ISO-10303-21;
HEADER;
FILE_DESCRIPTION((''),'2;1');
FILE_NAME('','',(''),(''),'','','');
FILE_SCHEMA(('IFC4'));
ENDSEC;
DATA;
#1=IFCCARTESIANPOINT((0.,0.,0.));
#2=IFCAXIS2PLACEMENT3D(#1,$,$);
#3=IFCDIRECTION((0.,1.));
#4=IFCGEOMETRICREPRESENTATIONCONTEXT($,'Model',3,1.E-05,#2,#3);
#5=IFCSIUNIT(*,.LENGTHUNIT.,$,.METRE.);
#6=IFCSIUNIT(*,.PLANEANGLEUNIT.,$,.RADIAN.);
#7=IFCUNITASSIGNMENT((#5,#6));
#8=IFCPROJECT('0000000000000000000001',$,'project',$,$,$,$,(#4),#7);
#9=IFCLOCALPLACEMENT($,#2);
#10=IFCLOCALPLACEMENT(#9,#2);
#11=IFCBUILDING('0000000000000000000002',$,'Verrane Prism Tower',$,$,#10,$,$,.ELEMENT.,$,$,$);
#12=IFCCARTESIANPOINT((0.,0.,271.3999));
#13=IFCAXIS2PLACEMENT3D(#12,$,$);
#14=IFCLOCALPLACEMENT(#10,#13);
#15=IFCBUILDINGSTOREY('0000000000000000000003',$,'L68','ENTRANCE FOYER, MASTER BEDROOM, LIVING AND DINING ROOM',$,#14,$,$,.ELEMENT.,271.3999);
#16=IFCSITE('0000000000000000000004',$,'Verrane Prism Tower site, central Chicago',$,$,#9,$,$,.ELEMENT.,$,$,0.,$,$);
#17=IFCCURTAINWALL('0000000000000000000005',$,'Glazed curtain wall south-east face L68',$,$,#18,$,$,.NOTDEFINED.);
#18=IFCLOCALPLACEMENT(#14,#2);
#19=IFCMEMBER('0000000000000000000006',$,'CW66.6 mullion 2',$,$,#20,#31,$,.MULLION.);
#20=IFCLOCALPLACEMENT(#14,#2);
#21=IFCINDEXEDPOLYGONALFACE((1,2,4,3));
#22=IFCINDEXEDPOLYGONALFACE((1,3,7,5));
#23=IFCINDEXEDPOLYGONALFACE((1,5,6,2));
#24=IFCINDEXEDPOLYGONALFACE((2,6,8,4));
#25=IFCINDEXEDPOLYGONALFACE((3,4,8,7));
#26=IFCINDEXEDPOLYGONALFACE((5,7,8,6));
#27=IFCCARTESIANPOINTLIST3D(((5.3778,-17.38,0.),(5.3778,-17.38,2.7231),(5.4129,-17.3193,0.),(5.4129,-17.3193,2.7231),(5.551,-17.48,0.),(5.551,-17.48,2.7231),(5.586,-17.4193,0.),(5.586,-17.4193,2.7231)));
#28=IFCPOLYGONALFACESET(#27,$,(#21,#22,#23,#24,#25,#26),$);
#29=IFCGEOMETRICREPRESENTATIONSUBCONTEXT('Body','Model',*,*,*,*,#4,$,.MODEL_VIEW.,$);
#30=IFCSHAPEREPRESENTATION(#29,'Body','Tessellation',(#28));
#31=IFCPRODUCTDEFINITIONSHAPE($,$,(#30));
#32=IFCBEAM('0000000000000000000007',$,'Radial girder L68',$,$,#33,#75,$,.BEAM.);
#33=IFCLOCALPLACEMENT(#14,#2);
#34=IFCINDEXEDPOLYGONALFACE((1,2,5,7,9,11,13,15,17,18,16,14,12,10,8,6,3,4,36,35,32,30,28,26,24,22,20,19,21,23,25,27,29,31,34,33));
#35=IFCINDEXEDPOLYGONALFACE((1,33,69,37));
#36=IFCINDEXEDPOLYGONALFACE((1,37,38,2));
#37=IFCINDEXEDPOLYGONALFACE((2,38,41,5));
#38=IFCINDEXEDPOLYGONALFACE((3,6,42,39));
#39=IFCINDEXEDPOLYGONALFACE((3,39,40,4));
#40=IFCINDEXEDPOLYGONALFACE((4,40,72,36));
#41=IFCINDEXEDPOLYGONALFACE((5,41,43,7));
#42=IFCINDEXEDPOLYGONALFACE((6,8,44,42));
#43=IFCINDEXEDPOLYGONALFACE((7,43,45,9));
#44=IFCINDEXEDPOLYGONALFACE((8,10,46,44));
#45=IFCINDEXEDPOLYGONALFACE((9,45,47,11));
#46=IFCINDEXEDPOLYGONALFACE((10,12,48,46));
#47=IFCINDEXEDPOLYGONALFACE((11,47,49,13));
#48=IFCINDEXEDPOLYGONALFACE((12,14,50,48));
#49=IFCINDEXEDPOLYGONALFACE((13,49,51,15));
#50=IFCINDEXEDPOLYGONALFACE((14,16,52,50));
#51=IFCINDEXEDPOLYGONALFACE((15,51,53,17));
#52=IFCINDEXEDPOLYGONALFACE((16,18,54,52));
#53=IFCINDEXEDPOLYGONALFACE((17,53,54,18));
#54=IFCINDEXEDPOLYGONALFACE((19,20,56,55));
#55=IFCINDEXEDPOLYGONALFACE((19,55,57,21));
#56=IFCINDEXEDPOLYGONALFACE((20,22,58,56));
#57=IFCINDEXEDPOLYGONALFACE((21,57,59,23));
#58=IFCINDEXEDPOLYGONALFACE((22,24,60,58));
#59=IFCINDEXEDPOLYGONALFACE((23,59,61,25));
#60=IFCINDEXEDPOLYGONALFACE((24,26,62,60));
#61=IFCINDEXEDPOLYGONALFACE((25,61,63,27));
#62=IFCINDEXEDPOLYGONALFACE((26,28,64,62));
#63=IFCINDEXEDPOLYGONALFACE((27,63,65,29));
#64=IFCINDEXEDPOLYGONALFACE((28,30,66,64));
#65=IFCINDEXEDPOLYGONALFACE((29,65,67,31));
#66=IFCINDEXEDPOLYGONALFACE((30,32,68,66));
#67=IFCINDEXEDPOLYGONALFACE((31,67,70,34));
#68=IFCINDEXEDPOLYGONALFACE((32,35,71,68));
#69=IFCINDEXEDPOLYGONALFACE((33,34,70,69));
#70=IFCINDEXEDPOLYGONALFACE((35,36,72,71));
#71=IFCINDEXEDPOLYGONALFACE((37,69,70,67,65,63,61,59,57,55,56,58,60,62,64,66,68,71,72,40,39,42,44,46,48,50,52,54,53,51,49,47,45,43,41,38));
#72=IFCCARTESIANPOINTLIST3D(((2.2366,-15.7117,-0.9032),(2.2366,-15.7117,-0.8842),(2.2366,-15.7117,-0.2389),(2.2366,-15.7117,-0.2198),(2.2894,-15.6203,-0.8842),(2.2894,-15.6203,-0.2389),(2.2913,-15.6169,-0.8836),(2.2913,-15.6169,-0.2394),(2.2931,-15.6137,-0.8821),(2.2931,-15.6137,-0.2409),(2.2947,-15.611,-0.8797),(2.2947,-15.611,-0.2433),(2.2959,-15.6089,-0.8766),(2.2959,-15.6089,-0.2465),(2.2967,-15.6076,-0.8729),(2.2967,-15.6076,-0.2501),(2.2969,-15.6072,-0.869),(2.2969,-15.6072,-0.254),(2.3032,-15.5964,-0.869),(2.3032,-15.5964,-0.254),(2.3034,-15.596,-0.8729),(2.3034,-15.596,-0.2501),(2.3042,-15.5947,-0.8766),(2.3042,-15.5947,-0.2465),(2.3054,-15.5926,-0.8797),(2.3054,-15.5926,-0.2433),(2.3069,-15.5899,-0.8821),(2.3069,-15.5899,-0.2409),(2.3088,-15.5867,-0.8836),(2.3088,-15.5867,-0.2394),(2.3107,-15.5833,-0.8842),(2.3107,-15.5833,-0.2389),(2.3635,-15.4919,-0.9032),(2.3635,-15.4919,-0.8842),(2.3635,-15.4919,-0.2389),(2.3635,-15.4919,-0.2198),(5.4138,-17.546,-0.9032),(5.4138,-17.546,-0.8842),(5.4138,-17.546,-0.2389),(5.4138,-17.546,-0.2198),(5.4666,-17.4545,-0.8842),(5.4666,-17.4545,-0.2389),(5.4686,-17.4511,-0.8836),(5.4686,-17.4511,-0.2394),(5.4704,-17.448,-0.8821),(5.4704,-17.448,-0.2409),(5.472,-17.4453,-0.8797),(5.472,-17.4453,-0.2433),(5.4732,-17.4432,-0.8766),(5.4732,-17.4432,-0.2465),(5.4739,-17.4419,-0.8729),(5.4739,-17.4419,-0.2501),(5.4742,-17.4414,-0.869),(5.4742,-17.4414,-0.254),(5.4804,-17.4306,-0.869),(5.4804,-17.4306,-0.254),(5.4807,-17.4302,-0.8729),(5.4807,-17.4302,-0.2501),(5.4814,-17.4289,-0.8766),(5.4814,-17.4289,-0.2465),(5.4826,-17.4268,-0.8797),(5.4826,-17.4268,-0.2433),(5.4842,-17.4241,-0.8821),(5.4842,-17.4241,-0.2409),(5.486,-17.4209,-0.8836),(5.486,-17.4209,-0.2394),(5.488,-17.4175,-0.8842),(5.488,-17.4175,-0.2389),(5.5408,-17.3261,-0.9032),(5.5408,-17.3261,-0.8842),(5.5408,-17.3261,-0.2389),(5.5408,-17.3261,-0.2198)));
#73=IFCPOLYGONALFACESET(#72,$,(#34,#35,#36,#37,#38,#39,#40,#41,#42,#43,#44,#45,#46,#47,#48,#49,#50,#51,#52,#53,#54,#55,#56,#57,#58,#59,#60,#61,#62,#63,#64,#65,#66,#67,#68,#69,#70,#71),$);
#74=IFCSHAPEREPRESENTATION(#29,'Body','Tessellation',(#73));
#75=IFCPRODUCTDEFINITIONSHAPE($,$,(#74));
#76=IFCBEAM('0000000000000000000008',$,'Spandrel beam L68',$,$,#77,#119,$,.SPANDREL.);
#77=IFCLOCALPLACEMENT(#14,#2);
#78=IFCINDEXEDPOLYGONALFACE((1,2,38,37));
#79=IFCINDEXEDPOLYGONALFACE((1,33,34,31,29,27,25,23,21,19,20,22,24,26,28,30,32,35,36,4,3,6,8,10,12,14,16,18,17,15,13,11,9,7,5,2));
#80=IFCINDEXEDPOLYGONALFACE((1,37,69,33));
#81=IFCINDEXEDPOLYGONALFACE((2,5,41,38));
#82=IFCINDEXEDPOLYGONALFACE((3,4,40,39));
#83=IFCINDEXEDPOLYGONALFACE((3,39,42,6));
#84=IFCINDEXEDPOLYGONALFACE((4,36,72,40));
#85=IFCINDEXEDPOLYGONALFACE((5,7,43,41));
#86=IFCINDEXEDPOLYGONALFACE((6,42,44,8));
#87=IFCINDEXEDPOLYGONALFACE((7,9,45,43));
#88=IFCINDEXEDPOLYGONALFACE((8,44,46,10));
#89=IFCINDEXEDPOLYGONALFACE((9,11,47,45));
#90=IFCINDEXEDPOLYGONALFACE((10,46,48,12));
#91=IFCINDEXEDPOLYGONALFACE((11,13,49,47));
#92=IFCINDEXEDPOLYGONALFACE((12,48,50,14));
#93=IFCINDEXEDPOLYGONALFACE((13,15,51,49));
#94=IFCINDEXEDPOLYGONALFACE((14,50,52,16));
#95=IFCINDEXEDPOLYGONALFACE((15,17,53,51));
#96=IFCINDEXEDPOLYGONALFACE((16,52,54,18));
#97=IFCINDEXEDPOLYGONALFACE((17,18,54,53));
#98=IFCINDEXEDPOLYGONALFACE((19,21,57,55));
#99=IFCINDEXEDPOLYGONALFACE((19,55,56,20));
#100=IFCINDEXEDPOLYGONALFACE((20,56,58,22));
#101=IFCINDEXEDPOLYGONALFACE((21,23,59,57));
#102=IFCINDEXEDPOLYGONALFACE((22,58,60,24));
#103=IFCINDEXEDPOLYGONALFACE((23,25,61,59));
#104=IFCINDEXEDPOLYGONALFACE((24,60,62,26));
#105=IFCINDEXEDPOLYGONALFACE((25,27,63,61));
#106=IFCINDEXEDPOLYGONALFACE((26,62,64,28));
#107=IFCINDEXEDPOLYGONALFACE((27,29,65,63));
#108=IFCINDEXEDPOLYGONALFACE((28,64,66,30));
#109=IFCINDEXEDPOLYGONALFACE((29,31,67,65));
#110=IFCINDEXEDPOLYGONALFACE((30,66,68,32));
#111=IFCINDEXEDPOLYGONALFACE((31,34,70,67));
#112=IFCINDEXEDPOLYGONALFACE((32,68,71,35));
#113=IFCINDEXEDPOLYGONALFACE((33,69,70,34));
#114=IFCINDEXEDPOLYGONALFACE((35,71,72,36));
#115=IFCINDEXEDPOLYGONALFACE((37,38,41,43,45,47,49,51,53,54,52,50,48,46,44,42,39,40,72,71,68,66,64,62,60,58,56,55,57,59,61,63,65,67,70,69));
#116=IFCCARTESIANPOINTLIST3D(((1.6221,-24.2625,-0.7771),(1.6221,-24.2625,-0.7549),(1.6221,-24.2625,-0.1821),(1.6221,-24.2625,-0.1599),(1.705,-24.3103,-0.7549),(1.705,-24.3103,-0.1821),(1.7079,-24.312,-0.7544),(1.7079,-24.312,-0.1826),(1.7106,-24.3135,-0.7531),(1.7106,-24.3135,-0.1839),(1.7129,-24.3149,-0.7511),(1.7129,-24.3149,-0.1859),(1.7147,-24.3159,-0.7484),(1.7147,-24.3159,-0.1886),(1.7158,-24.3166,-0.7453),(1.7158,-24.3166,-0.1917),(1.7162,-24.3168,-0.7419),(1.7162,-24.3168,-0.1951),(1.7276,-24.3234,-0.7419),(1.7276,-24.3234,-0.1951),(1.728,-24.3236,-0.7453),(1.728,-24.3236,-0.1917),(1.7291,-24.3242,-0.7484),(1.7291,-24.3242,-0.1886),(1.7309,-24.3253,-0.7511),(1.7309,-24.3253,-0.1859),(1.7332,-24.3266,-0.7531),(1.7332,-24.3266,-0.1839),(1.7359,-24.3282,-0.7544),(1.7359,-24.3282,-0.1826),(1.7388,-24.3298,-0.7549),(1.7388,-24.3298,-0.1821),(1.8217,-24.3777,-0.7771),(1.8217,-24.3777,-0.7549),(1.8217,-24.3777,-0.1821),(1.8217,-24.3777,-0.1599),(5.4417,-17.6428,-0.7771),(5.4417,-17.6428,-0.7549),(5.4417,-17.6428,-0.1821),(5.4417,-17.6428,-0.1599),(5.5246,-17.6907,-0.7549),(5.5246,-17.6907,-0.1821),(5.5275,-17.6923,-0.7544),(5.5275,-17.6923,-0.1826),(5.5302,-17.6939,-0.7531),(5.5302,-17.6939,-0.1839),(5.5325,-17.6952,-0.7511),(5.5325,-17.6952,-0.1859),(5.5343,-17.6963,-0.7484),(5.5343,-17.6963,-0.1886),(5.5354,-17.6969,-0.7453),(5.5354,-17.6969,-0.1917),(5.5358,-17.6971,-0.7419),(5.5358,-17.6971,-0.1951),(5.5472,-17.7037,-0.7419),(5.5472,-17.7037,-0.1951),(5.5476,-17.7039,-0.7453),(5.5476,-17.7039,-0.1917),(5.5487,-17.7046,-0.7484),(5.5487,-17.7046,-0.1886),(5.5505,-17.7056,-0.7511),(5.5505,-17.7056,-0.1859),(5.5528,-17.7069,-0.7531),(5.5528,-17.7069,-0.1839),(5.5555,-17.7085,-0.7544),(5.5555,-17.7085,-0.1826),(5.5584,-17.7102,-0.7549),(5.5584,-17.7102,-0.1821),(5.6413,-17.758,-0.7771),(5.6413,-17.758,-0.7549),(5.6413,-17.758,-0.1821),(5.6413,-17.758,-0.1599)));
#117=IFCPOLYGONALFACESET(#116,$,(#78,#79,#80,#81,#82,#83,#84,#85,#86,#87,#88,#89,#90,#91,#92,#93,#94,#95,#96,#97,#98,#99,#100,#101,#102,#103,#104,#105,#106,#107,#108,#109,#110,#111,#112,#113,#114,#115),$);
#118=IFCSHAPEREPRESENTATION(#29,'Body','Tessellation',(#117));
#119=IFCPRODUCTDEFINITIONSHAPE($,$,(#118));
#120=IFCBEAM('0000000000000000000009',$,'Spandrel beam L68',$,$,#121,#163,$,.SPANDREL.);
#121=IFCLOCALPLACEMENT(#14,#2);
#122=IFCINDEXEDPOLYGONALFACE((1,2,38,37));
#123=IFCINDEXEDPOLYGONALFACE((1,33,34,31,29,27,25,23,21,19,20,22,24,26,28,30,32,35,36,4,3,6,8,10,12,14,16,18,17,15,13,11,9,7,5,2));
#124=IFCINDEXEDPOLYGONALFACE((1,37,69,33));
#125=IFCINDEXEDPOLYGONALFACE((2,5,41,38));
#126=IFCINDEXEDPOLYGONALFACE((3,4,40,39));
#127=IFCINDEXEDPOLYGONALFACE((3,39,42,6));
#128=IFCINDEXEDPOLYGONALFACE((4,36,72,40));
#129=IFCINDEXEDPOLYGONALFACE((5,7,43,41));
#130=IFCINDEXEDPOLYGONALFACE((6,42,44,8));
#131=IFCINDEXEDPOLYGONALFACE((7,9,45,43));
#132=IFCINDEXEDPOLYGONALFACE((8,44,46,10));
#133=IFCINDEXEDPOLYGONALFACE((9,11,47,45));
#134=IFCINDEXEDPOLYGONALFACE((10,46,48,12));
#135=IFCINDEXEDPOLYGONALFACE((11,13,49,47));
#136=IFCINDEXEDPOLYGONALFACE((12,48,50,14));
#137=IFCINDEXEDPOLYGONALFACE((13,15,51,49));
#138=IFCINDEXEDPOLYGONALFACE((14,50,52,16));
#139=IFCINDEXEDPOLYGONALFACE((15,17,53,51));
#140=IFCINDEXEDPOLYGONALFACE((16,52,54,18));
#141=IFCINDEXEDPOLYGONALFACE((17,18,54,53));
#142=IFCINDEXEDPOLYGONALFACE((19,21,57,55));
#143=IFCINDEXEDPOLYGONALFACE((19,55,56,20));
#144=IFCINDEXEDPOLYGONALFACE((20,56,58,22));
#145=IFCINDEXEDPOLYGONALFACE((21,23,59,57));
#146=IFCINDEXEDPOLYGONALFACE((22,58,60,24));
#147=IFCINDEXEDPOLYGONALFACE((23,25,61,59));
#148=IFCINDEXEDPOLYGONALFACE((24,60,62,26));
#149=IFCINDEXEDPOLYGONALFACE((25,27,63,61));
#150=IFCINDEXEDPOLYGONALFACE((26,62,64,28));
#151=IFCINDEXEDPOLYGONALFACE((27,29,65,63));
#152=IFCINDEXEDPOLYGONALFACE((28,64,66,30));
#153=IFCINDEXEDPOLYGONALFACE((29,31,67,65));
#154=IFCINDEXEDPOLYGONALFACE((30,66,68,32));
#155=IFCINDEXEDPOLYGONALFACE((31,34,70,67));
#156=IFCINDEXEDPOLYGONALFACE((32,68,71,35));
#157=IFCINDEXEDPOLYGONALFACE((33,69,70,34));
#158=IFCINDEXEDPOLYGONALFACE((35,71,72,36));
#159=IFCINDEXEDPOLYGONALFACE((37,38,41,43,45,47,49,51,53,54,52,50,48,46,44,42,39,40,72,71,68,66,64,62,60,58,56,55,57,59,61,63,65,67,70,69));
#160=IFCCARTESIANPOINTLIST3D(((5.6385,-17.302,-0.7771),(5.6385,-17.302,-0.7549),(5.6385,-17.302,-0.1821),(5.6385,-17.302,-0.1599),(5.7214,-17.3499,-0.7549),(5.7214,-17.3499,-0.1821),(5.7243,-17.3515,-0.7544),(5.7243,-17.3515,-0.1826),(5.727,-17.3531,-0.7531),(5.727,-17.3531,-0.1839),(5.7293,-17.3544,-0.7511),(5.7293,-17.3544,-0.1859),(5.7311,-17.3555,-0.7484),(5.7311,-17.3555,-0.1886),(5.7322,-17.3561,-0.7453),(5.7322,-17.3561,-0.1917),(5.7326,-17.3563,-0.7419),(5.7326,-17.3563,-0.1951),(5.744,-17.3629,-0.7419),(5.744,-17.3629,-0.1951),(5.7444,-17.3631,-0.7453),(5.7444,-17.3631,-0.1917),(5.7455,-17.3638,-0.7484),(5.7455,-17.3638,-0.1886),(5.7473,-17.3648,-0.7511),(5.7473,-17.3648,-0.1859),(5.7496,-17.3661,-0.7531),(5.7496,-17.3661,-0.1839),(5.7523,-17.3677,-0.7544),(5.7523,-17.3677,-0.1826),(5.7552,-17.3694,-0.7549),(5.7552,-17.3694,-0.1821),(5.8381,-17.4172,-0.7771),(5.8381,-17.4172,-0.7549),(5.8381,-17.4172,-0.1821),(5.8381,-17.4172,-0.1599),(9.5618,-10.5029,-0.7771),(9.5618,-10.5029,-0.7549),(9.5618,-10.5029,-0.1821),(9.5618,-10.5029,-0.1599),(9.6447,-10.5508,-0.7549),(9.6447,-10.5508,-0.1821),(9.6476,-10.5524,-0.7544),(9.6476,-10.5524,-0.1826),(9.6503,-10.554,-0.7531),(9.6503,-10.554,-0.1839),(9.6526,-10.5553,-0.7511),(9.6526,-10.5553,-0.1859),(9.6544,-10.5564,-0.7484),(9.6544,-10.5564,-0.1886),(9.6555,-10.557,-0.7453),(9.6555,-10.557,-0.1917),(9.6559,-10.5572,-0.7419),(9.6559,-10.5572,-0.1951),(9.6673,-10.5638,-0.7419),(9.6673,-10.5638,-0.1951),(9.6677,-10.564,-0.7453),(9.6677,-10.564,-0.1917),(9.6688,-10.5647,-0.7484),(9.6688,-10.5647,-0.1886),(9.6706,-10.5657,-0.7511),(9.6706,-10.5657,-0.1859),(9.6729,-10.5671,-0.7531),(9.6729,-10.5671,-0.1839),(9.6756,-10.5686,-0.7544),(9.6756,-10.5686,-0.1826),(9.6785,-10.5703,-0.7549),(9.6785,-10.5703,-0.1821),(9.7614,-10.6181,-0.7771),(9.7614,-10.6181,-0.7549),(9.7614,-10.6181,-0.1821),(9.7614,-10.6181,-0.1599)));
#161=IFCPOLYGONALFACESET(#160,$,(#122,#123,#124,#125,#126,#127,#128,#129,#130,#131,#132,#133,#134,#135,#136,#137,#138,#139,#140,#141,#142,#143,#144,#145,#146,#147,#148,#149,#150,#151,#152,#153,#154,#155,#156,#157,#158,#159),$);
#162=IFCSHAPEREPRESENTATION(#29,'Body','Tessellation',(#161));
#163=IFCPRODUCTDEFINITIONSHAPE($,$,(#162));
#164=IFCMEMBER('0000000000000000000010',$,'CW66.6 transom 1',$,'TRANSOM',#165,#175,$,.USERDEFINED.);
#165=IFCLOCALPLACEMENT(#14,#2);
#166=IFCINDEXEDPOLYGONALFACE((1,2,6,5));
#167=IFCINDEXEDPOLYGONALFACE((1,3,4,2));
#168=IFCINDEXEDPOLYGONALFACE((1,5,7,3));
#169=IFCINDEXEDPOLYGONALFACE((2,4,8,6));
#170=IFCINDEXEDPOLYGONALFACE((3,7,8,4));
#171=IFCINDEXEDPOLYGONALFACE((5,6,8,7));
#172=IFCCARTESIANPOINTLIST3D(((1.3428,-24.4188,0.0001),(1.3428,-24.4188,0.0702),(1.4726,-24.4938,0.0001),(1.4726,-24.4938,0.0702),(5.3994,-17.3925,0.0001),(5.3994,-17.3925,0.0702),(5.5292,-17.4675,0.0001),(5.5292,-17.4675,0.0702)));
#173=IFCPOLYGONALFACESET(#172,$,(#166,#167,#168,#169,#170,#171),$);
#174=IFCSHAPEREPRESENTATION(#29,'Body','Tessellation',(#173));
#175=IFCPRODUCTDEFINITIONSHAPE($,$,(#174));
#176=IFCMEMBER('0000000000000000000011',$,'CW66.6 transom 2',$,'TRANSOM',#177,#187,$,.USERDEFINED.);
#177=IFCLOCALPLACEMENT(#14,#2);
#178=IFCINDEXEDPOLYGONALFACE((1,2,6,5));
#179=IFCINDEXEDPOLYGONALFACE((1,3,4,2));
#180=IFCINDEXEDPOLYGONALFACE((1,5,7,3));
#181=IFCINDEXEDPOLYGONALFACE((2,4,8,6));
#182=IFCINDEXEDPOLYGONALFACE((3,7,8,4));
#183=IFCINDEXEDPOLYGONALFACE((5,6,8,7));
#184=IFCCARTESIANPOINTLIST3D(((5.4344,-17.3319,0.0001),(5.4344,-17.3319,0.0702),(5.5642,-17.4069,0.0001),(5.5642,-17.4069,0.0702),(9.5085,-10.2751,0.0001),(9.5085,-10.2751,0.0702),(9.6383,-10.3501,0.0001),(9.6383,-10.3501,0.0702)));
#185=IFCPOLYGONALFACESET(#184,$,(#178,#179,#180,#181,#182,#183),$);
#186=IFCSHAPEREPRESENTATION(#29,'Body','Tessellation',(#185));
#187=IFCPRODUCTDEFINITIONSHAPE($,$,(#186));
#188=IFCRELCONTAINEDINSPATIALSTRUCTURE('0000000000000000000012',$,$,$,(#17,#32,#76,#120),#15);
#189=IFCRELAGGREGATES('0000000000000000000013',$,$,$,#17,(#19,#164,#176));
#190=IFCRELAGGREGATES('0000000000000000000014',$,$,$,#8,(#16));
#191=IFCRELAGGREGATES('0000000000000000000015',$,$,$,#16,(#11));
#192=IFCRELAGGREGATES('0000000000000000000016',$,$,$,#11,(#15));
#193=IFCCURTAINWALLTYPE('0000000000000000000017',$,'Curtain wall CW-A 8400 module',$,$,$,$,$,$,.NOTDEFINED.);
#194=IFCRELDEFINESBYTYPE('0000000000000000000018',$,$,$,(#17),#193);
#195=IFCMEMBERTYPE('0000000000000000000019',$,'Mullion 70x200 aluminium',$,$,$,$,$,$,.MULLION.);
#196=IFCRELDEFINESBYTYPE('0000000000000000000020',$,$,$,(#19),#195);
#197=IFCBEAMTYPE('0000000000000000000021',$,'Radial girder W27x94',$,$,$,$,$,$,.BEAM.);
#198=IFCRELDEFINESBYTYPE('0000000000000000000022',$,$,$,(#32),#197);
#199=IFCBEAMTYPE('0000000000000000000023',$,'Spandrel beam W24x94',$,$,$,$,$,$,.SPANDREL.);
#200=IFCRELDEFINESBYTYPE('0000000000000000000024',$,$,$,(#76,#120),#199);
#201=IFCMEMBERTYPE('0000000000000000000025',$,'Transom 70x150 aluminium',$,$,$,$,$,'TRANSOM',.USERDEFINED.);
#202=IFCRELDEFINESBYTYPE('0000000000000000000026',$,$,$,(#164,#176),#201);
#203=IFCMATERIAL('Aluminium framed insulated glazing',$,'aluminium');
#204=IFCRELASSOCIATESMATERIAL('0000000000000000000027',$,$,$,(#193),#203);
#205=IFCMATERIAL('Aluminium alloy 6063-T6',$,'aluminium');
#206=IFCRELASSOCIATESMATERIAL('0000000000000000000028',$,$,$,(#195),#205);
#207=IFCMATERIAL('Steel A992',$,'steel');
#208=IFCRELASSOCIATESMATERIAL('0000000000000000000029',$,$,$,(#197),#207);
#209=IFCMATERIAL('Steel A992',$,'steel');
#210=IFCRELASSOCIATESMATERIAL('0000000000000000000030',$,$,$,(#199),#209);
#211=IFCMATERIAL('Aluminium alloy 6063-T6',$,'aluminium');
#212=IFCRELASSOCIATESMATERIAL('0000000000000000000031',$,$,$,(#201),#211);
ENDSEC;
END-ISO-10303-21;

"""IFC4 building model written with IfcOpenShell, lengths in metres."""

from ifc_helpers import new_model, si_unit, direction, frame, origin, origin_2d, place, context, subcontext, project, spatial, rectangle, i_section, extrude, material, material_profile, profile_set, type_object, element, aggregate, save


model = new_model("IFC4")

# Units and contexts
model_context = context("Model", 3, precision=1e-05, world=origin(), true_north=direction((0.0, 1.0)))
body_context = subcontext(model_context, "Body", "Model", "MODEL_VIEW")
ifc_project = project(units=[si_unit("LENGTHUNIT", "METRE"), si_unit("PLANEANGLEUNIT", "RADIAN")], contexts=[model_context])

# Site, building, storey
site_placement = place(None, origin())
site = spatial("IfcSite", under=ifc_project, at=site_placement, Name="Verrane Prism Tower site, central Chicago", CompositionType="ELEMENT", RefElevation=0.0)
building_placement = place(site_placement, origin())
building = spatial("IfcBuilding", under=site, at=building_placement, Name="Verrane Prism Tower", CompositionType="ELEMENT")
storey_placement = place(building_placement, frame((0.0, 0.0, 271.3999)))
storey = spatial("IfcBuildingStorey", under=building, at=storey_placement, Name="L68", Description="ENTRANCE FOYER, MASTER BEDROOM, LIVING AND DINING ROOM", CompositionType="ELEMENT", Elevation=271.3999)

# Curtain wall, member
ifc_material_1 = material(Name="Aluminium framed insulated glazing", Category="aluminium")
curtain_wall_type = type_object("IfcCurtainWallType", Name="Curtain wall CW-A 8400 module", PredefinedType="NOTDEFINED", material=ifc_material_1)
curtain_wall_1_placement = place(storey_placement, origin())
curtain_wall_1 = element("IfcCurtainWall", 1, at=curtain_wall_1_placement, inside=storey, type_object=curtain_wall_type, Name="Glazed curtain wall south-east face L68", PredefinedType="NOTDEFINED")
ifc_material_2 = material(Name="Aluminium alloy 6063-T6", Category="aluminium")
ifc_material_profile_1 = material_profile(ifc_material_2, rectangle(XDim=0.2, YDim=0.0701, at=origin_2d()), Name="Mullion 70x200 aluminium")
ifc_profile_set_1 = profile_set([ifc_material_profile_1], Name="Aluminium alloy 6063-T6")
member_type_1 = type_object("IfcMemberType", Name="Mullion 70x200 aluminium", PredefinedType="MULLION", material=ifc_profile_set_1)
member_1_placement = place(storey_placement, frame((5.4819, -17.3997, 0.0), z_axis=(0.0, 0.0, 1.0), x_axis=(-0.866025, 0.500001, 0.0)))
member_1 = element("IfcMember", 2, at=member_1_placement, type_object=member_type_1, Name="CW66.6 mullion 2", PredefinedType="MULLION", context=body_context, shape_type="SweptSolid", body=[
    extrude(rectangle(XDim=0.2, YDim=0.0701, at=origin_2d()), origin(), (0.0, 0.0, 1.0), 2.7231),
])

# Beams
ifc_material_3 = material(Name="Steel A992", Category="steel")
ifc_material_profile_2 = material_profile(ifc_material_3, i_section(OverallWidth=0.2539, OverallDepth=0.6833, WebThickness=0.0125, FlangeThickness=0.019, FilletRadius=0.0151, at=origin_2d()), Name="W27x94")
ifc_profile_set_2 = profile_set([ifc_material_profile_2], Name="Steel A992")
beam_type_1 = type_object("IfcBeamType", Name="Radial girder W27x94", PredefinedType="BEAM", material=ifc_profile_set_2)
beam_1_placement = place(storey_placement, frame((5.4773, -17.436, -0.5615), z_axis=(-0.866044, 0.499968, 0.0), x_axis=(-0.499968, -0.866044, 0.0)))
element("IfcBeam", 3, at=beam_1_placement, inside=storey, type_object=beam_type_1, Name="Radial girder L68", PredefinedType="BEAM", context=body_context, shape_type="SweptSolid", body=[
    extrude(i_section(OverallWidth=0.2539, OverallDepth=0.6833, WebThickness=0.0125, FlangeThickness=0.019, FilletRadius=0.0151, at=origin_2d()), origin(), (0.0, 0.0, 1.0), 3.6687),
])
ifc_material_4 = material(Name="Steel A992", Category="steel")
ifc_material_profile_3 = material_profile(ifc_material_4, i_section(OverallWidth=0.2305, OverallDepth=0.6172, WebThickness=0.0132, FlangeThickness=0.0222, FilletRadius=0.0129, at=origin_2d()), Name="W24x94")
ifc_profile_set_3 = profile_set([ifc_material_profile_3], Name="Steel A992")
beam_type_2 = type_object("IfcBeamType", Name="Spandrel beam W24x94", PredefinedType="SPANDREL", material=ifc_profile_set_3)
beam_2_placement = place(storey_placement, frame((1.7219, -24.3201, -0.4685), z_axis=(0.499778, 0.866154, 0.0), x_axis=(-0.866154, 0.499778, 0.0)))
element("IfcBeam", 4, at=beam_2_placement, inside=storey, type_object=beam_type_2, Name="Spandrel beam L68", PredefinedType="SPANDREL", context=body_context, shape_type="SweptSolid", body=[
    extrude(i_section(OverallWidth=0.2305, OverallDepth=0.6172, WebThickness=0.0132, FlangeThickness=0.0222, FilletRadius=0.0129, at=origin_2d()), origin(), (0.0, 0.0, 1.0), 7.6426),
])
beam_3_placement = place(storey_placement, frame((5.7383, -17.3596, -0.4685), z_axis=(0.499799, 0.866142, 0.0), x_axis=(-0.866142, 0.499799, 0.0)))
element("IfcBeam", 5, at=beam_3_placement, inside=storey, type_object=beam_type_2, Name="Spandrel beam L68", PredefinedType="SPANDREL", context=body_context, shape_type="SweptSolid", body=[
    extrude(i_section(OverallWidth=0.2305, OverallDepth=0.6172, WebThickness=0.0132, FlangeThickness=0.0222, FilletRadius=0.0129, at=origin_2d()), origin(), (0.0, 0.0, 1.0), 7.8499),
])

# Members
ifc_material_5 = material(Name="Aluminium alloy 6063-T6", Category="aluminium")
ifc_material_profile_4 = material_profile(ifc_material_5, rectangle(XDim=0.1499, YDim=0.0701, at=origin_2d()), Name="Transom 70x150 aluminium")
ifc_profile_set_4 = profile_set([ifc_material_profile_4], Name="Aluminium alloy 6063-T6")
member_type_2 = type_object("IfcMemberType", Name="Transom 70x150 aluminium", ElementType="TRANSOM", PredefinedType="USERDEFINED", material=ifc_profile_set_4)
member_2_placement = place(storey_placement, frame((1.4077, -24.4563, 0.0352), z_axis=(0.499997, 0.866027, 0.0), x_axis=(-0.866027, 0.499997, 0.0)))
member_2 = element("IfcMember", 6, at=member_2_placement, type_object=member_type_2, Name="CW66.6 transom 1", ObjectType="TRANSOM", PredefinedType="USERDEFINED", context=body_context, shape_type="SweptSolid", body=[
    extrude(rectangle(XDim=0.1499, YDim=0.0701, at=origin_2d()), origin(), (0.0, 0.0, 1.0), 8.1133),
])
member_3_placement = place(storey_placement, frame((5.4993, -17.3694, 0.0352), z_axis=(0.499993, 0.866029, 0.0), x_axis=(-0.866029, 0.499993, 0.0)))
member_3 = element("IfcMember", 7, at=member_3_placement, type_object=member_type_2, Name="CW66.6 transom 2", ObjectType="TRANSOM", PredefinedType="USERDEFINED", context=body_context, shape_type="SweptSolid", body=[
    extrude(rectangle(XDim=0.1499, YDim=0.0701, at=origin_2d()), origin(), (0.0, 0.0, 1.0), 8.1484),
])

aggregate(curtain_wall_1, [member_1, member_2, member_3])

save(model, "model.ifc")
